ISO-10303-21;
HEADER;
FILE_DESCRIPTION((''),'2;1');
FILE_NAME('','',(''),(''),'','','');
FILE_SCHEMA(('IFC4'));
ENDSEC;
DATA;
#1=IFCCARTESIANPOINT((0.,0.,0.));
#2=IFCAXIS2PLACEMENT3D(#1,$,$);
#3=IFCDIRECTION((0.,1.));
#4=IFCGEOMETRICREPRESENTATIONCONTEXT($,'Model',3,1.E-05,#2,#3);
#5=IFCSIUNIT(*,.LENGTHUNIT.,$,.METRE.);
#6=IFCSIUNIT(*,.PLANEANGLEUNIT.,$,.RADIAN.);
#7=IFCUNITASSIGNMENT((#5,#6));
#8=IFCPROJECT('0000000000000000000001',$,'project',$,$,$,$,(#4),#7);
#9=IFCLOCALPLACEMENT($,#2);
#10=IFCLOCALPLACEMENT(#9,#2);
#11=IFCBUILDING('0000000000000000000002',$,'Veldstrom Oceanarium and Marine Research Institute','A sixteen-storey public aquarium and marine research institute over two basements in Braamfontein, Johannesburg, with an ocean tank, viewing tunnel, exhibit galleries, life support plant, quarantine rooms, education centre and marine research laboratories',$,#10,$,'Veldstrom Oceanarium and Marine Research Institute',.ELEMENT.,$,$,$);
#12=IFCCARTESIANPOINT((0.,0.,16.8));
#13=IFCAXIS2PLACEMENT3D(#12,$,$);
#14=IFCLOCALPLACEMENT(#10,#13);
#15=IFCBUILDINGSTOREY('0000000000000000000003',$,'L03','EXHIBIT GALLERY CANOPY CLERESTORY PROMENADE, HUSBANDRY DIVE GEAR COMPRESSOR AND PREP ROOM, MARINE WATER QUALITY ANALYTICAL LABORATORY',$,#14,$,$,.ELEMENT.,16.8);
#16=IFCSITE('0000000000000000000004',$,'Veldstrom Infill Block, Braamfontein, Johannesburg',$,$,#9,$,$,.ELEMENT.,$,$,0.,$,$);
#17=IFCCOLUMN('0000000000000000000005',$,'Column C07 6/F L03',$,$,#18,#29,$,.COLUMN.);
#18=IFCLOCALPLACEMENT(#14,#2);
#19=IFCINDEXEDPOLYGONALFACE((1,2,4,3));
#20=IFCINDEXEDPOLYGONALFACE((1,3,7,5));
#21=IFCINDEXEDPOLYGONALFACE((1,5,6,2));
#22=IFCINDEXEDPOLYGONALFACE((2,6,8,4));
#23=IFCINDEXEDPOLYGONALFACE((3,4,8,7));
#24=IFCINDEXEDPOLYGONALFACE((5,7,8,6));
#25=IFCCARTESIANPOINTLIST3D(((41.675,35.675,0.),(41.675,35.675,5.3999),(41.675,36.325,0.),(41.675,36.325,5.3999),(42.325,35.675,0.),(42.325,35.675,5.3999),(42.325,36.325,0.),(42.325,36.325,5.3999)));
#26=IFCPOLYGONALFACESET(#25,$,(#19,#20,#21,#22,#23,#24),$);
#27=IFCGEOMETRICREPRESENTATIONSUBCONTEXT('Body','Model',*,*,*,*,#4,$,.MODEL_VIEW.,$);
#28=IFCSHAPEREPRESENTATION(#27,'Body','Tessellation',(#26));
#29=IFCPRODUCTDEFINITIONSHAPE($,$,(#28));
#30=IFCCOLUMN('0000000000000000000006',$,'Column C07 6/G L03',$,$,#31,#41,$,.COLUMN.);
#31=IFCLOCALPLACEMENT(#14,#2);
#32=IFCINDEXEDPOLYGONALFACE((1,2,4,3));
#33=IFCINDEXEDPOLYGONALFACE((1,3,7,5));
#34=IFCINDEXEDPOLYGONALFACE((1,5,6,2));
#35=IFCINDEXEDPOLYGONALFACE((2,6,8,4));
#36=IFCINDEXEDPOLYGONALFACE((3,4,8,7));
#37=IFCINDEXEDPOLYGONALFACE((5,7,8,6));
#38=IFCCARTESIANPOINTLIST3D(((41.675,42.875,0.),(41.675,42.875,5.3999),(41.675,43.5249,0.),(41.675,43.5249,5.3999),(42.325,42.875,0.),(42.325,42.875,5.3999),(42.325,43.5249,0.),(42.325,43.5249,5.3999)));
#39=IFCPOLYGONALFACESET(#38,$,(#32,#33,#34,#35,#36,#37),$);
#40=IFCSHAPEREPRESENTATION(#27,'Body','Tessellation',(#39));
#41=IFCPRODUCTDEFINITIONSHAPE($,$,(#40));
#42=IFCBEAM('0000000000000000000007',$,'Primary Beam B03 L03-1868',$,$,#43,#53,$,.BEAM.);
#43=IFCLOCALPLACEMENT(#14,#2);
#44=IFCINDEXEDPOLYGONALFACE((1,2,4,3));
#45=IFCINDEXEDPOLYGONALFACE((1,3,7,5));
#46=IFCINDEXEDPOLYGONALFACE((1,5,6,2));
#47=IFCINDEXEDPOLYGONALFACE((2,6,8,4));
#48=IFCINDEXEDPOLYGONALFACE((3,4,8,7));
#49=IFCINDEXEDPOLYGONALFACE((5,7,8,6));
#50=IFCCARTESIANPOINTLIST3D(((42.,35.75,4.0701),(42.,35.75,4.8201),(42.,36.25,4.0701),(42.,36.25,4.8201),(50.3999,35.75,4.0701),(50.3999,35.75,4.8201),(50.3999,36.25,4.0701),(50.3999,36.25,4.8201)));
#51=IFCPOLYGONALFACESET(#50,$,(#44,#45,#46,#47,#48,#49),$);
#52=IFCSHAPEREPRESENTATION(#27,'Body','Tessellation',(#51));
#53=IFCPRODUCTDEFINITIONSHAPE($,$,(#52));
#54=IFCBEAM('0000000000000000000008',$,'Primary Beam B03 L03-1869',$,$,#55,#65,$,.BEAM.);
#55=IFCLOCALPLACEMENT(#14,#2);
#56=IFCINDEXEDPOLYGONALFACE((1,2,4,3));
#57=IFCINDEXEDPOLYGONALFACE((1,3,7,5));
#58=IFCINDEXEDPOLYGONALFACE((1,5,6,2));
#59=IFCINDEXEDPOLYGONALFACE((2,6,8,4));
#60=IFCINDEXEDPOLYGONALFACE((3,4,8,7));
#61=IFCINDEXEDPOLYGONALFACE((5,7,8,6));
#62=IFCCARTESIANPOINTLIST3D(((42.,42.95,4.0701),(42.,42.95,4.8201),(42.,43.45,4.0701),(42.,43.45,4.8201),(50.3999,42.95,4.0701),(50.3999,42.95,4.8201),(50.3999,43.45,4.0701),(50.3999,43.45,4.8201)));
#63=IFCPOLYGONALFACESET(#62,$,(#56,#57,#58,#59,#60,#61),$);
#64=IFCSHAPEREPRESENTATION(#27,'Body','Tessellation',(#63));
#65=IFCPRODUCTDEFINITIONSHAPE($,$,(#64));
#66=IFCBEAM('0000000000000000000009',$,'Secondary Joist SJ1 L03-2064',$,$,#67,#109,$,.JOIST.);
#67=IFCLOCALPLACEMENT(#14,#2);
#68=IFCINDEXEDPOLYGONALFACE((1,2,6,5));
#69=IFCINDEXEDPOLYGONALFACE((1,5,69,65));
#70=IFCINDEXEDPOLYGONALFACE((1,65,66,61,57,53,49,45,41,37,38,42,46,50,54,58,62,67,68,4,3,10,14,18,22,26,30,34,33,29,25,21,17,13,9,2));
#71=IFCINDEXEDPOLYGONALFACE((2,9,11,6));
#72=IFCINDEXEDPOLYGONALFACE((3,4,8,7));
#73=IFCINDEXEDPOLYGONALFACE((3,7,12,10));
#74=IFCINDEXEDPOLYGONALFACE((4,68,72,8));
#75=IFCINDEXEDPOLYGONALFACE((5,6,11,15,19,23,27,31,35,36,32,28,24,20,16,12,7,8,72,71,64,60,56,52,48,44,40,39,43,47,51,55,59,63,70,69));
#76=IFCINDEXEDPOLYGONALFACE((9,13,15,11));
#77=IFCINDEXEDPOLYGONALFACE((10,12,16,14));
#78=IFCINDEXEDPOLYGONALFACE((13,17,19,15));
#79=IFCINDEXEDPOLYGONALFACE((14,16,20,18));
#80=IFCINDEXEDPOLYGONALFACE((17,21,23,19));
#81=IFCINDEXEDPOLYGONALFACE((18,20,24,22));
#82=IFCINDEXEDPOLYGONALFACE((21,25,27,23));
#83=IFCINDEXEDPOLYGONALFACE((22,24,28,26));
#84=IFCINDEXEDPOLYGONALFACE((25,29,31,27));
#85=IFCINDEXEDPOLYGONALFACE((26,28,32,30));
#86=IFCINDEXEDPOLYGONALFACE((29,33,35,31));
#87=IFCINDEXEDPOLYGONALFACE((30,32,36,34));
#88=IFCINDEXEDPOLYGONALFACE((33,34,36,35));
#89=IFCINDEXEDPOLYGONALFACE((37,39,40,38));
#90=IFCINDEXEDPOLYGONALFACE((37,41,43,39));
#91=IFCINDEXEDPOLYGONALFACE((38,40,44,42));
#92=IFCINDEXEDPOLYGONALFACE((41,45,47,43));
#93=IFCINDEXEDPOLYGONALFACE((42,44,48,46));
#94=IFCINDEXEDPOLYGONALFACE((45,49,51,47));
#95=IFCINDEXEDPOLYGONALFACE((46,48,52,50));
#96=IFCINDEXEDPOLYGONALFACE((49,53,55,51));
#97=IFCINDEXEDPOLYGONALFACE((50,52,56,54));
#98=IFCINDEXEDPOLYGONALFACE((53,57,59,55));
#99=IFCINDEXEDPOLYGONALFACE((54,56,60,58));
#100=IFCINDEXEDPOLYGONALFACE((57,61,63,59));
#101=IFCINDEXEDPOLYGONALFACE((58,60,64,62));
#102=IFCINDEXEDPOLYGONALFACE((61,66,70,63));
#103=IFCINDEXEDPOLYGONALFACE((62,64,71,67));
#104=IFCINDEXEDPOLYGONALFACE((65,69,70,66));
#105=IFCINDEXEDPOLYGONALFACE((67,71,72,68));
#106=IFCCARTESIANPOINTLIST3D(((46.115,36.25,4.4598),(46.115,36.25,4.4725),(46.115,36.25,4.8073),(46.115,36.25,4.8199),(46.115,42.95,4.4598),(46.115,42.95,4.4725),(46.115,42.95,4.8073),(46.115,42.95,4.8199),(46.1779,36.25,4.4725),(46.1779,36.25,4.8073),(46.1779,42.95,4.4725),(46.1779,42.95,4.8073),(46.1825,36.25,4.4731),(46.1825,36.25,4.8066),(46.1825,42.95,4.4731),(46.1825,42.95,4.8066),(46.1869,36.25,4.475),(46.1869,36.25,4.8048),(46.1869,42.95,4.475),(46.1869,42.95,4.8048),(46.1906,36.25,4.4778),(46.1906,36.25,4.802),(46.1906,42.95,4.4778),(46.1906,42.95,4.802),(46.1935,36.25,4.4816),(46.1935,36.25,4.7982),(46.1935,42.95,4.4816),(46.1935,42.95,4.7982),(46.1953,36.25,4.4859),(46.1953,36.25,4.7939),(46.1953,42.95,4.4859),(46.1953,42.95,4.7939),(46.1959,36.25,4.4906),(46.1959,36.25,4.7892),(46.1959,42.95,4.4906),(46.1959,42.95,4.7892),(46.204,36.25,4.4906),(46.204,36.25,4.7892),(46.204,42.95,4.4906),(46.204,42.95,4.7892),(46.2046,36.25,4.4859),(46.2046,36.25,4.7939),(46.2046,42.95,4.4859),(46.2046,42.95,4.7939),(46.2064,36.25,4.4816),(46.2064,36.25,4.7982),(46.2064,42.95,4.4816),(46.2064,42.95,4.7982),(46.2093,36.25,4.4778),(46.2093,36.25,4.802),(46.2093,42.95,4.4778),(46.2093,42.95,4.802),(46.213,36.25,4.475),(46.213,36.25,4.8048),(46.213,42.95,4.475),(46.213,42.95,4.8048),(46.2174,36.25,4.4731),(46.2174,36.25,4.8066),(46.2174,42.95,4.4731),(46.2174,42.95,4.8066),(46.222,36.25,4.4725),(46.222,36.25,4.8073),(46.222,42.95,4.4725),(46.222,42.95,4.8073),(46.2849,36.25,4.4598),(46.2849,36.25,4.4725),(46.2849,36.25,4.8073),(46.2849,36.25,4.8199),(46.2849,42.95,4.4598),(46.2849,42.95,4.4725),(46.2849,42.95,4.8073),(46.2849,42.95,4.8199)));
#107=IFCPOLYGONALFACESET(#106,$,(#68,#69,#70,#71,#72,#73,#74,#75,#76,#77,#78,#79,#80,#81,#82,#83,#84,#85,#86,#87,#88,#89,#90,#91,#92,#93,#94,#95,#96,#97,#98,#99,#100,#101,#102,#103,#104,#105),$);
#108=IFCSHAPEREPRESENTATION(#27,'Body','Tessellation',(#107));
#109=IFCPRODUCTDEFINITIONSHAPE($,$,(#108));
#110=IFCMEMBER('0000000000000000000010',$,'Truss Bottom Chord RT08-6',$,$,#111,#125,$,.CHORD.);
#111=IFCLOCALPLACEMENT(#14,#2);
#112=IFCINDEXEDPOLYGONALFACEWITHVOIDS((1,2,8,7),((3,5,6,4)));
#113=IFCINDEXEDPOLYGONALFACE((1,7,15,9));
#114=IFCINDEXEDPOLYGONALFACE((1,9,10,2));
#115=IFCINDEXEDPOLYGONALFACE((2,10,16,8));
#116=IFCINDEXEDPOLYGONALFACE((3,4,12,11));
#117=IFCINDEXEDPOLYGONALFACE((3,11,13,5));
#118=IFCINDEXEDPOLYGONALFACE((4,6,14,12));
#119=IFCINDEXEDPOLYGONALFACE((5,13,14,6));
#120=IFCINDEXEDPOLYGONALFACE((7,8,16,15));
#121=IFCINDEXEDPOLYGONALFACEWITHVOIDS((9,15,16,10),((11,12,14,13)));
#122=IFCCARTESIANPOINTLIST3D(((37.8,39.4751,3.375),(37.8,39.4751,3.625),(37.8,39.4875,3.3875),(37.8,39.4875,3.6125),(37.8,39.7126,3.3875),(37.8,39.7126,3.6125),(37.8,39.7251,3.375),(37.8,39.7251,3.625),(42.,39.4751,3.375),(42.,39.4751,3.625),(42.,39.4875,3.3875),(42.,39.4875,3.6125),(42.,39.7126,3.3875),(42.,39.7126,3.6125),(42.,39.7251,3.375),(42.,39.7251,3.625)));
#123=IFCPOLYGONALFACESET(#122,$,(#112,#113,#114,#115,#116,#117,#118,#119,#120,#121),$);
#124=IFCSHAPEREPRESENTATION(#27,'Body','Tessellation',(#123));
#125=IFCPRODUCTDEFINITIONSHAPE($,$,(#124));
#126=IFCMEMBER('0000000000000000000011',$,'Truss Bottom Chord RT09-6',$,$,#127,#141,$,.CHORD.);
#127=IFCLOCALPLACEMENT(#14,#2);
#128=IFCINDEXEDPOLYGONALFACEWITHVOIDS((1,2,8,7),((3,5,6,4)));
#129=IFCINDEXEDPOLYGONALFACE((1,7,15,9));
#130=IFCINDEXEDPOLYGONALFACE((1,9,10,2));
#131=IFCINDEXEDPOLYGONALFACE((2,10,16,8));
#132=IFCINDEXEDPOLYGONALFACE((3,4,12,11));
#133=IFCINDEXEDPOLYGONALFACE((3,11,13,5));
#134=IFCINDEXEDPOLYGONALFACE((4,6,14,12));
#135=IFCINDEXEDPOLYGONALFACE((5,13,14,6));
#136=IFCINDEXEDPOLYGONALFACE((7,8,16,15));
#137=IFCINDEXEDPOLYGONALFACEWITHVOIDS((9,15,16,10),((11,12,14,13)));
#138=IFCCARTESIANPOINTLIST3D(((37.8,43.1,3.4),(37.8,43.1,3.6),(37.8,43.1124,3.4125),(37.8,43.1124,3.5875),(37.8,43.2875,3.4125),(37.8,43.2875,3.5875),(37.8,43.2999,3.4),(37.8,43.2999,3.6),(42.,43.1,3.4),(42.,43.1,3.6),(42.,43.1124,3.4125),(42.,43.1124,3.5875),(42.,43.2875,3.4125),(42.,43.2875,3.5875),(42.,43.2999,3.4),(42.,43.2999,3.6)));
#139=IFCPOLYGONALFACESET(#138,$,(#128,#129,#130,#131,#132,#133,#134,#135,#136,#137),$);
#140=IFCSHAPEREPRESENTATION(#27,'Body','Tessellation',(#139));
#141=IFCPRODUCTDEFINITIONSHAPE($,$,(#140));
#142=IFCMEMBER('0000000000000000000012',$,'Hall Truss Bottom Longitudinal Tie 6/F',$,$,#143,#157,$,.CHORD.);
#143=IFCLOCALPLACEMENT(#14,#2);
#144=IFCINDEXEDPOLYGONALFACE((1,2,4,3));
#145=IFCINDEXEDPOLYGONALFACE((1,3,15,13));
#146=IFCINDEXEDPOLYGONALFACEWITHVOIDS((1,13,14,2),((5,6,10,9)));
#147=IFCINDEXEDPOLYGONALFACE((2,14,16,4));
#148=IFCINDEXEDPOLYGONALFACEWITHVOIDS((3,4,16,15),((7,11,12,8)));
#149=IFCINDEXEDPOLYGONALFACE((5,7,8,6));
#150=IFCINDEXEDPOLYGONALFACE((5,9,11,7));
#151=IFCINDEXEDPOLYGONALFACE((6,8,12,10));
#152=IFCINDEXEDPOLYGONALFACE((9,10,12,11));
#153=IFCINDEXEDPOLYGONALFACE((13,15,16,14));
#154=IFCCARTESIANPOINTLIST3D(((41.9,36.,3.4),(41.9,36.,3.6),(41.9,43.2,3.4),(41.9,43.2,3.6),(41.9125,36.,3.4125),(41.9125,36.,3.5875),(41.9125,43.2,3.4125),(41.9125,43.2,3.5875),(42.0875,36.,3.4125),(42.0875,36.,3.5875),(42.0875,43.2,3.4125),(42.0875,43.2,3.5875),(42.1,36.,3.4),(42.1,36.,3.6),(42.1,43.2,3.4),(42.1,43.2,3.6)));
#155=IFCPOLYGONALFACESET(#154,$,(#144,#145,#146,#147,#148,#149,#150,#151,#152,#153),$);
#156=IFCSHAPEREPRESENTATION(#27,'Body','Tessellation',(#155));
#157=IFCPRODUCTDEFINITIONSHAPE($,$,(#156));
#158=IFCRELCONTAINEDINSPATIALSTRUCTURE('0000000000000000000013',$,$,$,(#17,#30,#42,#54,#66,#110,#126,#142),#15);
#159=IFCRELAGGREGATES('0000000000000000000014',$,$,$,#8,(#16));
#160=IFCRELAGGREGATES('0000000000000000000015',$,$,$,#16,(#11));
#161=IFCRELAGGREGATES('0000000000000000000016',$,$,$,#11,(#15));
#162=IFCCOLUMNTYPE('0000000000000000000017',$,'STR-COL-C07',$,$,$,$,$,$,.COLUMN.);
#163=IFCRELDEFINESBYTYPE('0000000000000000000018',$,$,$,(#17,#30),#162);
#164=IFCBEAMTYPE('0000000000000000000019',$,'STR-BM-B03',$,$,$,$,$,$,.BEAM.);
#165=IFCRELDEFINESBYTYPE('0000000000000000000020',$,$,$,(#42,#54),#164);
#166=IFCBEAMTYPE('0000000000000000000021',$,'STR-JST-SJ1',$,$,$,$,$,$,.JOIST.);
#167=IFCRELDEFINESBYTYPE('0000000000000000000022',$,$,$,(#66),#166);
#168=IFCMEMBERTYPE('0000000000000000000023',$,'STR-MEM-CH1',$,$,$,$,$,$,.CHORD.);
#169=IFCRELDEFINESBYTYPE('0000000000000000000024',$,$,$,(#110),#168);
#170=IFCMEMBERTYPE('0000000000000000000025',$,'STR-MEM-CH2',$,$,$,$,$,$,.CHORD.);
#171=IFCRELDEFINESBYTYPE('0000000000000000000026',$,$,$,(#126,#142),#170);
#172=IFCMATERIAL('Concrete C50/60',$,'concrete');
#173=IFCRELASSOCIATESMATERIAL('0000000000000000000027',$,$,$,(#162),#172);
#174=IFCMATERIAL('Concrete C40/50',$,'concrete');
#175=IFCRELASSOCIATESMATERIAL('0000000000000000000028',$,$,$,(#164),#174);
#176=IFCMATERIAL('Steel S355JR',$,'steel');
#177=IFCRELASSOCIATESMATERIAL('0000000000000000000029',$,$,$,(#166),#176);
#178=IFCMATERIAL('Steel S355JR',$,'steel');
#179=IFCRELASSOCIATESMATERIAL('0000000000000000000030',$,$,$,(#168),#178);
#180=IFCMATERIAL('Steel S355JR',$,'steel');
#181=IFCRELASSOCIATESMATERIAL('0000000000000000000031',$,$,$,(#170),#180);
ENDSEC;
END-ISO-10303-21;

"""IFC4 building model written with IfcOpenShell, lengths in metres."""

from ifc_helpers import new_model, si_unit, direction, frame, origin, origin_2d, place, context, subcontext, project, spatial, rectangle, hollow_rectangle, i_section, extrude, material, material_profile, profile_set, type_object, element, save


model = new_model("IFC4")

# Units and contexts
model_context = context("Model", 3, precision=1e-05, world=origin(), true_north=direction((0.0, 1.0)))
body_context = subcontext(model_context, "Body", "Model", "MODEL_VIEW")
ifc_project = project(units=[si_unit("LENGTHUNIT", "METRE"), si_unit("PLANEANGLEUNIT", "RADIAN")], contexts=[model_context])

# Site, building, storey
site_placement = place(None, origin())
site = spatial("IfcSite", under=ifc_project, at=site_placement, Name="Veldstrom Infill Block, Braamfontein, Johannesburg", CompositionType="ELEMENT", RefElevation=0.0)
building_placement = place(site_placement, origin())
building = spatial("IfcBuilding", under=site, at=building_placement, Name="Veldstrom Oceanarium and Marine Research Institute", Description="A sixteen-storey public aquarium and marine research institute over two basements in Braamfontein, Johannesburg, with an ocean tank, viewing tunnel, exhibit galleries, life support plant, quarantine rooms, education centre and marine research laboratories", LongName="Veldstrom Oceanarium and Marine Research Institute", CompositionType="ELEMENT")
storey_placement = place(building_placement, frame((0.0, 0.0, 16.8)))
storey = spatial("IfcBuildingStorey", under=building, at=storey_placement, Name="L03", Description="EXHIBIT GALLERY CANOPY CLERESTORY PROMENADE, HUSBANDRY DIVE GEAR COMPRESSOR AND PREP ROOM, MARINE WATER QUALITY ANALYTICAL LABORATORY", CompositionType="ELEMENT", Elevation=16.8)

# Columns
ifc_material_1 = material(Name="Concrete C50/60", Category="concrete")
ifc_material_profile_1 = material_profile(ifc_material_1, rectangle(XDim=0.6499, YDim=0.6499, at=origin_2d()), Name="RC-COL-650x650")
ifc_profile_set_1 = profile_set([ifc_material_profile_1], Name="Concrete C50/60")
column_type = type_object("IfcColumnType", Name="STR-COL-C07", PredefinedType="COLUMN", material=ifc_profile_set_1)
for number, where, z_axis, x_axis, name in (
    (1, (42.0, 36.0, 0.0), (0.0, 0.0, 1.0), (1.0, 0.0, 0.0), "Column C07 6/F L03"),
    (2, (42.0, 43.2, 0.0), (0.0, 0.0, 1.0), (1.0, 0.0, 0.0), "Column C07 6/G L03"),
):
    element("IfcColumn", number, at=place(storey_placement, frame(where, z_axis=z_axis, x_axis=x_axis)), inside=storey, type_object=column_type, Name=name, PredefinedType="COLUMN", context=body_context, shape_type="SweptSolid", body=[
        extrude(rectangle(XDim=0.6499, YDim=0.6499, at=origin_2d()), origin(), (0.0, 0.0, 1.0), 5.3999),
    ])

# Beams
ifc_material_2 = material(Name="Concrete C40/50", Category="concrete")
ifc_material_profile_2 = material_profile(ifc_material_2, rectangle(XDim=0.5, YDim=0.75, at=origin_2d()), Name="RC-BM-500x750")
ifc_profile_set_2 = profile_set([ifc_material_profile_2], Name="Concrete C40/50")
beam_type_1 = type_object("IfcBeamType", Name="STR-BM-B03", PredefinedType="BEAM", material=ifc_profile_set_2)
for number, where, z_axis, x_axis, name in (
    (3, (42.0, 36.0, 4.4451), (1.0, 0.0, 0.0), (0.0, 1.0, 0.0), "Primary Beam B03 L03-1868"),
    (4, (42.0, 43.2, 4.4451), (1.0, 0.0, 0.0), (0.0, 1.0, 0.0), "Primary Beam B03 L03-1869"),
):
    element("IfcBeam", number, at=place(storey_placement, frame(where, z_axis=z_axis, x_axis=x_axis)), inside=storey, type_object=beam_type_1, Name=name, PredefinedType="BEAM", context=body_context, shape_type="SweptSolid", body=[
        extrude(rectangle(XDim=0.5, YDim=0.75, at=origin_2d()), origin(), (0.0, 0.0, 1.0), 8.3999),
    ])
ifc_material_3 = material(Name="Steel S355JR", Category="steel")
ifc_material_profile_3 = material_profile(ifc_material_3, i_section(OverallWidth=0.1699, OverallDepth=0.3601, WebThickness=0.0081, FlangeThickness=0.0127, FilletRadius=0.0181, at=origin_2d()), Name="IPE 360")
ifc_profile_set_3 = profile_set([ifc_material_profile_3], Name="Steel S355JR")
beam_type_2 = type_object("IfcBeamType", Name="STR-JST-SJ1", PredefinedType="JOIST", material=ifc_profile_set_3)
beam_placement = place(storey_placement, frame((46.2, 36.25, 4.6399), z_axis=(0.0, 1.0, 0.0), x_axis=(-1.0, 0.0, 0.0)))
element("IfcBeam", 5, at=beam_placement, inside=storey, type_object=beam_type_2, Name="Secondary Joist SJ1 L03-2064", PredefinedType="JOIST", context=body_context, shape_type="SweptSolid", body=[
    extrude(i_section(OverallWidth=0.1699, OverallDepth=0.3601, WebThickness=0.0081, FlangeThickness=0.0127, FilletRadius=0.0181, at=origin_2d()), origin(), (0.0, 0.0, 1.0), 6.7),
])

# Members
ifc_material_4 = material(Name="Steel S355JR", Category="steel")
ifc_material_profile_4 = material_profile(ifc_material_4, hollow_rectangle(XDim=0.25, YDim=0.25, WallThickness=0.0125, at=origin_2d()), Name="SHS 250x250x12.5")
ifc_profile_set_4 = profile_set([ifc_material_profile_4], Name="Steel S355JR")
member_type_1 = type_object("IfcMemberType", Name="STR-MEM-CH1", PredefinedType="CHORD", material=ifc_profile_set_4)
member_1_placement = place(storey_placement, frame((37.8, 39.6001, 3.5), z_axis=(1.0, 0.0, 0.0), x_axis=(0.0, 1.0, 0.0)))
element("IfcMember", 6, at=member_1_placement, inside=storey, type_object=member_type_1, Name="Truss Bottom Chord RT08-6", PredefinedType="CHORD", context=body_context, shape_type="SweptSolid", body=[
    extrude(hollow_rectangle(XDim=0.25, YDim=0.25, WallThickness=0.0125, at=origin_2d()), origin(), (0.0, 0.0, 1.0), 4.2),
])
ifc_material_5 = material(Name="Steel S355JR", Category="steel")
ifc_material_profile_5 = material_profile(ifc_material_5, hollow_rectangle(XDim=0.2, YDim=0.2, WallThickness=0.0125, at=origin_2d()), Name="SHS 200x200x12.5")
ifc_profile_set_5 = profile_set([ifc_material_profile_5], Name="Steel S355JR")
member_type_2 = type_object("IfcMemberType", Name="STR-MEM-CH2", PredefinedType="CHORD", material=ifc_profile_set_5)
member_2_placement = place(storey_placement, frame((37.8, 43.2, 3.5), z_axis=(1.0, 0.0, 0.0), x_axis=(0.0, 1.0, 0.0)))
element("IfcMember", 7, at=member_2_placement, inside=storey, type_object=member_type_2, Name="Truss Bottom Chord RT09-6", PredefinedType="CHORD", context=body_context, shape_type="SweptSolid", body=[
    extrude(hollow_rectangle(XDim=0.2, YDim=0.2, WallThickness=0.0125, at=origin_2d()), origin(), (0.0, 0.0, 1.0), 4.2),
])
member_3_placement = place(storey_placement, frame((42.0, 36.0, 3.5), z_axis=(0.0, 1.0, 0.0), x_axis=(-1.0, 0.0, 0.0)))
element("IfcMember", 8, at=member_3_placement, inside=storey, type_object=member_type_2, Name="Hall Truss Bottom Longitudinal Tie 6/F", PredefinedType="CHORD", context=body_context, shape_type="SweptSolid", body=[
    extrude(hollow_rectangle(XDim=0.2, YDim=0.2, WallThickness=0.0125, at=origin_2d()), origin(), (0.0, 0.0, 1.0), 7.2),
])

save(model, "model.ifc")
